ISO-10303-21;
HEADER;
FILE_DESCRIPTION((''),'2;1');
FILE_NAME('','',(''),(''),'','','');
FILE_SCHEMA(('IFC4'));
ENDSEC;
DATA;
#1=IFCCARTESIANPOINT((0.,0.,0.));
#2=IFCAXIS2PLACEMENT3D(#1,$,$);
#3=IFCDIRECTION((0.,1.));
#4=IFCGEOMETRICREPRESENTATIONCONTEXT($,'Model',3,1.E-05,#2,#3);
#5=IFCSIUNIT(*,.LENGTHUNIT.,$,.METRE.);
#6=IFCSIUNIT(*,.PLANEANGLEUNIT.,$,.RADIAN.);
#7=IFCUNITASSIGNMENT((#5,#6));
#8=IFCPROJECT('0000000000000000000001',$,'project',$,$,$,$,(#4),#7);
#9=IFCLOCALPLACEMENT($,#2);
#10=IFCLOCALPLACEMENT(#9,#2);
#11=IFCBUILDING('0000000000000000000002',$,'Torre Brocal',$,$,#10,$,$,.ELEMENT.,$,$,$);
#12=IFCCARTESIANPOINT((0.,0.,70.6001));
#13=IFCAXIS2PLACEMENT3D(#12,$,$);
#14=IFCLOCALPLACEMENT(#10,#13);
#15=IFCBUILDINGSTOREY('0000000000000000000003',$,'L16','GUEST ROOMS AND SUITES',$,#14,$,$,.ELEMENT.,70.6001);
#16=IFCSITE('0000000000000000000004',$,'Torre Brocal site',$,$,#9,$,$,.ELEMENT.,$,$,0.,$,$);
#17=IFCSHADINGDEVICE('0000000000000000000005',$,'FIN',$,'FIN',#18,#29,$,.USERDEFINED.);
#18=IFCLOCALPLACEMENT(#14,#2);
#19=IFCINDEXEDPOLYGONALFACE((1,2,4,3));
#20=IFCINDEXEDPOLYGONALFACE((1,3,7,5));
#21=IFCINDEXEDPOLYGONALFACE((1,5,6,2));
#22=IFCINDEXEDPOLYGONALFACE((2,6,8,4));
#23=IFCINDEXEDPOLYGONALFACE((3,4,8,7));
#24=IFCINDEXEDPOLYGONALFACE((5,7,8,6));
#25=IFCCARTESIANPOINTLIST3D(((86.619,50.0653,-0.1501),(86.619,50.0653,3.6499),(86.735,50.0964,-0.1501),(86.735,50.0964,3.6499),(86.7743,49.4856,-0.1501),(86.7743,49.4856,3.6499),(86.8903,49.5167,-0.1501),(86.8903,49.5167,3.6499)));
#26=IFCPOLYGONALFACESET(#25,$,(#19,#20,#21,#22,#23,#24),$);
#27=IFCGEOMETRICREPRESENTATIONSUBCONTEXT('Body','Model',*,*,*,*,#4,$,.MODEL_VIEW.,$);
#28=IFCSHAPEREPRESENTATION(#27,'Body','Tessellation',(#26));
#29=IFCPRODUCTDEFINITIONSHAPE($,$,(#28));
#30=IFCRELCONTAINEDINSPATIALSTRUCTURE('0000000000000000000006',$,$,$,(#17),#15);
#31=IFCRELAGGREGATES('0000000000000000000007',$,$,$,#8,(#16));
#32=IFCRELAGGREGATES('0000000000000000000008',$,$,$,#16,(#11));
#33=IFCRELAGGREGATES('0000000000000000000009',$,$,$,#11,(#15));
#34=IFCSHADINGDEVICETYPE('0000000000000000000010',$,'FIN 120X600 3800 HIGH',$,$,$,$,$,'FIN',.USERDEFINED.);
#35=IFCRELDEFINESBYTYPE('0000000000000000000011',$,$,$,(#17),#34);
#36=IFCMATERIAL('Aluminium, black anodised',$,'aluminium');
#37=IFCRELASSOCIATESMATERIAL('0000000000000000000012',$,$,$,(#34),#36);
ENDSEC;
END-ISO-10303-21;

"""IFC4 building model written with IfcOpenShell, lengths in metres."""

from ifc_helpers import new_model, si_unit, direction, frame, origin, origin_2d, place, context, subcontext, project, spatial, rectangle, extrude, material, material_profile, profile_set, type_object, element, save


model = new_model("IFC4")

# Units and contexts
model_context = context("Model", 3, precision=1e-05, world=origin(), true_north=direction((0.0, 1.0)))
body_context = subcontext(model_context, "Body", "Model", "MODEL_VIEW")
ifc_project = project(units=[si_unit("LENGTHUNIT", "METRE"), si_unit("PLANEANGLEUNIT", "RADIAN")], contexts=[model_context])

# Site, building, storey
site_placement = place(None, origin())
site = spatial("IfcSite", under=ifc_project, at=site_placement, Name="Torre Brocal site", CompositionType="ELEMENT", RefElevation=0.0)
building_placement = place(site_placement, origin())
building = spatial("IfcBuilding", under=site, at=building_placement, Name="Torre Brocal", CompositionType="ELEMENT")
storey_placement = place(building_placement, frame((0.0, 0.0, 70.6001)))
storey = spatial("IfcBuildingStorey", under=building, at=storey_placement, Name="L16", Description="GUEST ROOMS AND SUITES", CompositionType="ELEMENT", Elevation=70.6001)

# Shading device
ifc_material_1 = material(Name="Aluminium, black anodised", Category="aluminium")
ifc_material_profile_1 = material_profile(ifc_material_1, rectangle(XDim=0.1201, YDim=0.6001, at=origin_2d()), Name="FIN 120X600 3800 HIGH")
ifc_profile_set_1 = profile_set([ifc_material_profile_1], Name="Aluminium, black anodised")
shading_device_type = type_object("IfcShadingDeviceType", Name="FIN 120X600 3800 HIGH", ElementType="FIN", PredefinedType="USERDEFINED", material=ifc_profile_set_1)
shading_device_placement = place(storey_placement, frame((86.7546, 49.791, -0.1501), z_axis=(0.0, 0.0, 1.0), x_axis=(0.965926, 0.258819, 0.0)))
element("IfcShadingDevice", 1, at=shading_device_placement, inside=storey, type_object=shading_device_type, Name="FIN", ObjectType="FIN", PredefinedType="USERDEFINED", context=body_context, shape_type="SweptSolid", body=[
    extrude(rectangle(XDim=0.1201, YDim=0.6001, at=origin_2d()), origin(), (0.0, 0.0, 1.0), 3.8),
])

save(model, "model.ifc")
